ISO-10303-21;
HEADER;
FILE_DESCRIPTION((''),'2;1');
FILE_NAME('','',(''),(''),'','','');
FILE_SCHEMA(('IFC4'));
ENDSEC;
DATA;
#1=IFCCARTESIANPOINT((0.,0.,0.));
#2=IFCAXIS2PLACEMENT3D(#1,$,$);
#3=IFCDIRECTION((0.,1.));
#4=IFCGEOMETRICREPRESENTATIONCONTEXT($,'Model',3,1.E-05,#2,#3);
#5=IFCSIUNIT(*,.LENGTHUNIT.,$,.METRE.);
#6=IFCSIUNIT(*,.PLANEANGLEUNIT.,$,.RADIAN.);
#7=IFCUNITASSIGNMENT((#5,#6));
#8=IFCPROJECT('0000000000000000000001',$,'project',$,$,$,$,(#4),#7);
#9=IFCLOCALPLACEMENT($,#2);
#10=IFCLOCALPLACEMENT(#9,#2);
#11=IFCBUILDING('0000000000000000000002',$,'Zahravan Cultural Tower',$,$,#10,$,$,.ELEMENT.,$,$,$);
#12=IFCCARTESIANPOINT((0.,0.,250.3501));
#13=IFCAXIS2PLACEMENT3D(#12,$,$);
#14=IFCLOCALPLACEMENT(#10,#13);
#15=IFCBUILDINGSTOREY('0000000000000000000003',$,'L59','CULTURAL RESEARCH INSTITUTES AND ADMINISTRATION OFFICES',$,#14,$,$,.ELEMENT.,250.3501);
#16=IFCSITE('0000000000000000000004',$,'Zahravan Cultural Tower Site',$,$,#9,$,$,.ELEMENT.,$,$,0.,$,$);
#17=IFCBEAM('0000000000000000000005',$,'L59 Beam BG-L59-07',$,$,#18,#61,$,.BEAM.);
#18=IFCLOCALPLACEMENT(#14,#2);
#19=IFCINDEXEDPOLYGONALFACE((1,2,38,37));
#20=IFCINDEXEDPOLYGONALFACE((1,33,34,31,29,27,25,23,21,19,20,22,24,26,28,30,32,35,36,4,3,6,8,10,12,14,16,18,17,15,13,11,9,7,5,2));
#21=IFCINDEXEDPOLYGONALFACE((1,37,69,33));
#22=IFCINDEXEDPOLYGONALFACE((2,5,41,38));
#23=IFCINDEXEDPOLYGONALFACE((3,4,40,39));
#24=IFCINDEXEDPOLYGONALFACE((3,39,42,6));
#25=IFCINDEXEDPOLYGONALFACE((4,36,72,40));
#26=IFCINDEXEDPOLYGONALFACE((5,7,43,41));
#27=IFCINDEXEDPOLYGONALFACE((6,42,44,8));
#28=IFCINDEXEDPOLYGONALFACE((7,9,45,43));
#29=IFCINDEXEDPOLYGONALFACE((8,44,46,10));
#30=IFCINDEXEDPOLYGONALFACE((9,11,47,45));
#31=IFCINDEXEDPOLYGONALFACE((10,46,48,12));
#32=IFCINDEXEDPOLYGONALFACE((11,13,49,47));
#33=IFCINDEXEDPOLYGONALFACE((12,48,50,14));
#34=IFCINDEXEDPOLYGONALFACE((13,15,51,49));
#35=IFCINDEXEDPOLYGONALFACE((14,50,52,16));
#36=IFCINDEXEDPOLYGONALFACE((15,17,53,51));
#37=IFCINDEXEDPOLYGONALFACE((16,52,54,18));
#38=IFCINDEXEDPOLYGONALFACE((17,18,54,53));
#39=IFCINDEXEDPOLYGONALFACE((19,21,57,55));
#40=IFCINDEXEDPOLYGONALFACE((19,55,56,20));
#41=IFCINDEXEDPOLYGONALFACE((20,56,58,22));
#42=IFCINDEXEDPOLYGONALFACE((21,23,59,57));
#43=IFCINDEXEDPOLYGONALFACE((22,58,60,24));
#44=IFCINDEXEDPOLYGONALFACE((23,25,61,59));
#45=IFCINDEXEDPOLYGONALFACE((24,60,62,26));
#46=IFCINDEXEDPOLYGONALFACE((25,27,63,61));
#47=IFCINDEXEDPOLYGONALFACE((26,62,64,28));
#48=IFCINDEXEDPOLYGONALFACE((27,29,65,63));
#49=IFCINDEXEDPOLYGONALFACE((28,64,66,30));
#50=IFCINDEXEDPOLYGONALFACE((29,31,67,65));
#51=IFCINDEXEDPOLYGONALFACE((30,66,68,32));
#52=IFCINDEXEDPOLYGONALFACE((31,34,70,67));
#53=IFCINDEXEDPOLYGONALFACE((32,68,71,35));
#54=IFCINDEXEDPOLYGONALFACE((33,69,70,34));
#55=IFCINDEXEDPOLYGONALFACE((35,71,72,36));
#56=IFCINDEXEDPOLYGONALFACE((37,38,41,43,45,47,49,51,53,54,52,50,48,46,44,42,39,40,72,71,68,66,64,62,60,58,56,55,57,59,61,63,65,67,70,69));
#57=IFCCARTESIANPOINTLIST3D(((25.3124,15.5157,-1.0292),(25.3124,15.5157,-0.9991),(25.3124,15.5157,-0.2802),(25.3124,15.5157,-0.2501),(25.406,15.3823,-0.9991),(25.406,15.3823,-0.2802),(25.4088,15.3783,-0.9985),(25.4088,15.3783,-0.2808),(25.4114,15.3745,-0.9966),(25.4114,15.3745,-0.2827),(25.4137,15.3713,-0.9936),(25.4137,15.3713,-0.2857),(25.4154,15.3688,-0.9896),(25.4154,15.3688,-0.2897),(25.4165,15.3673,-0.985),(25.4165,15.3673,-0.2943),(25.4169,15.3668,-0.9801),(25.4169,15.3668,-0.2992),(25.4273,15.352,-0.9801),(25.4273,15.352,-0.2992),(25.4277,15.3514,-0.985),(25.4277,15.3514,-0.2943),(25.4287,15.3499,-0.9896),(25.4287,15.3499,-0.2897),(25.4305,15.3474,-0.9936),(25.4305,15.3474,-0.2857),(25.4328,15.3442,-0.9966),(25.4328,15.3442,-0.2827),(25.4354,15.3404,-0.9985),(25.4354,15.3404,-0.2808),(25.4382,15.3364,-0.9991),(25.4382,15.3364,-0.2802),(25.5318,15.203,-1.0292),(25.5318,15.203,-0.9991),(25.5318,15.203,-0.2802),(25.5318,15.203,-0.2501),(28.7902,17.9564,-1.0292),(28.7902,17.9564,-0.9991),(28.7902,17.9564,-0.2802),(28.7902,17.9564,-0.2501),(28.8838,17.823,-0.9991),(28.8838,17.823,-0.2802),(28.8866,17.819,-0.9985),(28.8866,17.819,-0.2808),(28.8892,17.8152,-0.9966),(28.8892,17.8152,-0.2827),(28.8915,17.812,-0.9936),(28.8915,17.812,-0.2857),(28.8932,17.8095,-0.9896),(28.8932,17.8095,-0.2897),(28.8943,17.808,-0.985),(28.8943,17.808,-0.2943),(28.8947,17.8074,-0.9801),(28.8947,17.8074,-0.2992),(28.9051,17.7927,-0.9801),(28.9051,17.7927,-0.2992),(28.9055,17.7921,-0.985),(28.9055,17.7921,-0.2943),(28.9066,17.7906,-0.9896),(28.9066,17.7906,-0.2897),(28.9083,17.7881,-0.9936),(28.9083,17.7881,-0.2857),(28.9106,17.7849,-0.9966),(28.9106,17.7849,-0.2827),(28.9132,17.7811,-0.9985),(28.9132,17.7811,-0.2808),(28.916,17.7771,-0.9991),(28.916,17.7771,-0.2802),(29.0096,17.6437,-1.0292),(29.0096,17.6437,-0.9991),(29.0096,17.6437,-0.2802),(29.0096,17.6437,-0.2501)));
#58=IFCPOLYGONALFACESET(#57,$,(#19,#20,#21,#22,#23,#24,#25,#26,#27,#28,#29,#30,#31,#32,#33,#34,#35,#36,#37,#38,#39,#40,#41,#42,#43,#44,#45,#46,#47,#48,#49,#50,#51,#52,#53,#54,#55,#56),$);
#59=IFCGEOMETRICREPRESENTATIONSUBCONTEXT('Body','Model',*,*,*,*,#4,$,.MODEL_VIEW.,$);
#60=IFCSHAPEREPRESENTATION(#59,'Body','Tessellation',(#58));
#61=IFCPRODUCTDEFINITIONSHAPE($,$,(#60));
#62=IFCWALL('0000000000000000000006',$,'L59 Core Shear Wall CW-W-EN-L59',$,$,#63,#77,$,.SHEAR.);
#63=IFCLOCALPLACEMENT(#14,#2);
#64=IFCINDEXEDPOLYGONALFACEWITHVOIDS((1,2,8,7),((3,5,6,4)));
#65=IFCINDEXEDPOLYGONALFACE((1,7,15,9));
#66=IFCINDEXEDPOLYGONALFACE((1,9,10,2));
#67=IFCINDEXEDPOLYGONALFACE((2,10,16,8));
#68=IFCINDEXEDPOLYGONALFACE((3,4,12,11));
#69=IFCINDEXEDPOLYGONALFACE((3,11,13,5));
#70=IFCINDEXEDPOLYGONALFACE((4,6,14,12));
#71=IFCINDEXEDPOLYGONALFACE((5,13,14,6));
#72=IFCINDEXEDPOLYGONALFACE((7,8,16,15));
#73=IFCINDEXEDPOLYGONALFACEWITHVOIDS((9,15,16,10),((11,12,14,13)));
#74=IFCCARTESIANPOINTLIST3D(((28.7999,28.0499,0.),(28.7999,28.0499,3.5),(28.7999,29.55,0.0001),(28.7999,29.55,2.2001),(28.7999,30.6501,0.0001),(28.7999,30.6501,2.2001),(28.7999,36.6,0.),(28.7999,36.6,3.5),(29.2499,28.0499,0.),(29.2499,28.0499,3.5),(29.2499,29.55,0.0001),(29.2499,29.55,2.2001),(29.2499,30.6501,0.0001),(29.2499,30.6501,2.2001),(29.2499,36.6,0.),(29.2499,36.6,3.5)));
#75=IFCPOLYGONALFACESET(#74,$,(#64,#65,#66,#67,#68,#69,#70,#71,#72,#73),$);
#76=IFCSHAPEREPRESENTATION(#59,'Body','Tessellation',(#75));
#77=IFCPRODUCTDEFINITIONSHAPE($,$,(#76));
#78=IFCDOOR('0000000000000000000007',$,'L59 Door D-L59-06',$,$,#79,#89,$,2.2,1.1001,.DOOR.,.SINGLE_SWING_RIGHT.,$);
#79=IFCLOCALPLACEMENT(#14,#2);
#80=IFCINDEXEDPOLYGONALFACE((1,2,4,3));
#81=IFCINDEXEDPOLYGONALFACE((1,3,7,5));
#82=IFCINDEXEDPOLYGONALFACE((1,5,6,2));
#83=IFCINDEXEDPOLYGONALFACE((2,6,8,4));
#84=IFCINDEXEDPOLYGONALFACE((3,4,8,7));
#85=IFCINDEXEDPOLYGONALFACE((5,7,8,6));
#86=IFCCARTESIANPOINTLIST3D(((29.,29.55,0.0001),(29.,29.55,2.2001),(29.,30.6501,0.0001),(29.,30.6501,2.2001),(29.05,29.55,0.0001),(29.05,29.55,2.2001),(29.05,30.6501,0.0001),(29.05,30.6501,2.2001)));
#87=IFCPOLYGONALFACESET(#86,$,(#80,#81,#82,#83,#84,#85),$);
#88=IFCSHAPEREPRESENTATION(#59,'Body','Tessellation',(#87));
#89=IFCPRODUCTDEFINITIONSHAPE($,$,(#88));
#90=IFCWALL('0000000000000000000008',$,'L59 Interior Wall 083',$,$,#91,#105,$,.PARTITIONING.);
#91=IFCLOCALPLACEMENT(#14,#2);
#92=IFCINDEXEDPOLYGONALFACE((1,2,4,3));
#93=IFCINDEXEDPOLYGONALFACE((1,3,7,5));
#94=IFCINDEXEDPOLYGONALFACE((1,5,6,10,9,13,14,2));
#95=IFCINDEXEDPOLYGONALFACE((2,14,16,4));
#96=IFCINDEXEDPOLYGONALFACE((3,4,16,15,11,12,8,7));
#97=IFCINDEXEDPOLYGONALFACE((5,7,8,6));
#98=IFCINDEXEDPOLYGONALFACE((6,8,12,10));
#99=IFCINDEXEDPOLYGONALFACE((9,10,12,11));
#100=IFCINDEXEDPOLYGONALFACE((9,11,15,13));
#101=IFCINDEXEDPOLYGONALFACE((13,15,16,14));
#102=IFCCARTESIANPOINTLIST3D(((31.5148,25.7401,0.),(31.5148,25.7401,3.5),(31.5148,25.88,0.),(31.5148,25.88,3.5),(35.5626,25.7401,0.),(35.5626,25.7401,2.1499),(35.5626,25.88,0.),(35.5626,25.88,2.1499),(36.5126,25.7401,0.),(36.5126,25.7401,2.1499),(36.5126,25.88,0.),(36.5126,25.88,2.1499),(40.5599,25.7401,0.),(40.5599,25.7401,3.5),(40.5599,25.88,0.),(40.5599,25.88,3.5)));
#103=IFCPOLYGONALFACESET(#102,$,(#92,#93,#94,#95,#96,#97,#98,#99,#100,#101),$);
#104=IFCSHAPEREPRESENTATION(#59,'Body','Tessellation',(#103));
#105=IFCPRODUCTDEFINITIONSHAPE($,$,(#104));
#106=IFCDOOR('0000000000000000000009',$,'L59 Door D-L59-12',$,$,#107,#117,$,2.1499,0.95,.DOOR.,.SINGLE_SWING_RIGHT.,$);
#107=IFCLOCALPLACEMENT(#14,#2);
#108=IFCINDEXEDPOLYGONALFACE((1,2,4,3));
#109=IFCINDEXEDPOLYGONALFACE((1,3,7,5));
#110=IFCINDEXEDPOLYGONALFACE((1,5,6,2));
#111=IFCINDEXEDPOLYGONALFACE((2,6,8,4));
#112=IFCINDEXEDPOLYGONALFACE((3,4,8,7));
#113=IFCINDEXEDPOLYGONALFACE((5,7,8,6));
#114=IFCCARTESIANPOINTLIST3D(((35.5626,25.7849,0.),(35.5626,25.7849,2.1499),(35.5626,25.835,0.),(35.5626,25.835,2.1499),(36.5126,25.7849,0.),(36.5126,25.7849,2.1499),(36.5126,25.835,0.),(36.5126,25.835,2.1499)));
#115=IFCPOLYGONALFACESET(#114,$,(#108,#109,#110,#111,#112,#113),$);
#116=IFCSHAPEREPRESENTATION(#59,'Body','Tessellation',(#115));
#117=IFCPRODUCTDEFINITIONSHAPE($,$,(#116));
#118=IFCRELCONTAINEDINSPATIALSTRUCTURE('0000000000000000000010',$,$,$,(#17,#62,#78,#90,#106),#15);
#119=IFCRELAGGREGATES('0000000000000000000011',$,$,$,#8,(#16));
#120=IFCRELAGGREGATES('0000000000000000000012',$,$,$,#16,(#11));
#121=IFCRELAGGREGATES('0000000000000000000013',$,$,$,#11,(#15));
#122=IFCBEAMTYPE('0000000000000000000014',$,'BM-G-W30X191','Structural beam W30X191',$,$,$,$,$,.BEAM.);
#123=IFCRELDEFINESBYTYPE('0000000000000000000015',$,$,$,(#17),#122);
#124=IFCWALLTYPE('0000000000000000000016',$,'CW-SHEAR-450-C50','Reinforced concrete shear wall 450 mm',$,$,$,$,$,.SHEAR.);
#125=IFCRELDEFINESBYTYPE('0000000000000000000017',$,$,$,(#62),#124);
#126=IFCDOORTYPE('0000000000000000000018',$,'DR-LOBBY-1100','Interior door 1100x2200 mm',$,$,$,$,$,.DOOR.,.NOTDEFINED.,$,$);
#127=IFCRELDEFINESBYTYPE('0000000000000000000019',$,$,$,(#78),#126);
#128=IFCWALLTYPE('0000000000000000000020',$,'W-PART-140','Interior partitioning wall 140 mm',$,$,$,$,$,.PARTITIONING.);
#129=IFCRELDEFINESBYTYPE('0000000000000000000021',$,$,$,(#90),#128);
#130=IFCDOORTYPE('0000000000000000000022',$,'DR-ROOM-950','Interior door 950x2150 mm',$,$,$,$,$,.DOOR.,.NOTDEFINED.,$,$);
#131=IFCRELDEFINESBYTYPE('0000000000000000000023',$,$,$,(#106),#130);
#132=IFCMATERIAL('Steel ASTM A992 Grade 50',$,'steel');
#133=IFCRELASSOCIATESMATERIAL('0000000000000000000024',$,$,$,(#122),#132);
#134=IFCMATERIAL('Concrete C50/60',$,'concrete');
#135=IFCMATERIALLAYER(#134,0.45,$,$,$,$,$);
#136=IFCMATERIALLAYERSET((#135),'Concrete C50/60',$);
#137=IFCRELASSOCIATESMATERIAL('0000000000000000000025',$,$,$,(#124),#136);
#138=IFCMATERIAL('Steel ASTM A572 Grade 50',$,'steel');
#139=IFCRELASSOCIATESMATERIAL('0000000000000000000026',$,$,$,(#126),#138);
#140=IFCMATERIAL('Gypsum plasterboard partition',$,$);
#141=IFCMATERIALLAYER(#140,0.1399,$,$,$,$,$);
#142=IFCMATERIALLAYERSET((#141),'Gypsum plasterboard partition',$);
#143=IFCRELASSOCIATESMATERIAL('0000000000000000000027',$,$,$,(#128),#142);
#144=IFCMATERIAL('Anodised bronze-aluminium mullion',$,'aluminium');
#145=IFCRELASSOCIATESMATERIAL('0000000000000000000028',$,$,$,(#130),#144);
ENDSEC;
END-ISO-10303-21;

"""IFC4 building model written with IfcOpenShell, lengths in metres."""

from ifc_helpers import new_model, si_unit, direction, frame, frame_2d, origin, origin_2d, place, context, subcontext, project, spatial, rectangle, i_section, extrude, source, transform, mapped, material, layer, layer_set, material_profile, profile_set, type_object, element, fill, save


model = new_model("IFC4")

# Units and contexts
model_context = context("Model", 3, precision=1e-05, world=origin(), true_north=direction((0.0, 1.0)))
body_context = subcontext(model_context, "Body", "Model", "MODEL_VIEW")
ifc_project = project(units=[si_unit("LENGTHUNIT", "METRE"), si_unit("PLANEANGLEUNIT", "RADIAN")], contexts=[model_context])

# Site, building, storey
site_placement = place(None, origin())
site = spatial("IfcSite", under=ifc_project, at=site_placement, Name="Zahravan Cultural Tower Site", CompositionType="ELEMENT", RefElevation=0.0)
building_placement = place(site_placement, origin())
building = spatial("IfcBuilding", under=site, at=building_placement, Name="Zahravan Cultural Tower", CompositionType="ELEMENT")
storey_placement = place(building_placement, frame((0.0, 0.0, 250.3501)))
storey = spatial("IfcBuildingStorey", under=building, at=storey_placement, Name="L59", Description="CULTURAL RESEARCH INSTITUTES AND ADMINISTRATION OFFICES", CompositionType="ELEMENT", Elevation=250.3501)

# Shared definitions
ifc_material_1 = material(Name="Concrete C50/60", Category="concrete")

# Beam
ifc_material_2 = material(Name="Steel ASTM A992 Grade 50", Category="steel")
ifc_material_profile_1 = material_profile(ifc_material_2, i_section(OverallWidth=0.3821, OverallDepth=0.7791, WebThickness=0.0181, FlangeThickness=0.03, FilletRadius=0.019, at=origin_2d()), Name="W30X191")
ifc_profile_set_1 = profile_set([ifc_material_profile_1], Name="Steel ASTM A992 Grade 50")
beam_type_1 = type_object("IfcBeamType", Name="BM-G-W30X191", Description="Structural beam W30X191", PredefinedType="BEAM", material=ifc_profile_set_1)
shared_shape_1 = source(origin(), body_context, "Body", "SweptSolid", [
    extrude(i_section(OverallWidth=0.3821, OverallDepth=0.7791, WebThickness=0.0181, FlangeThickness=0.03, FilletRadius=0.019, at=origin_2d()), origin(), (0.0, 0.0, 1.0), 4.2488),
])
beam_1_placement = place(storey_placement, frame((28.8999, 17.8, -0.6396), z_axis=(-0.818543, -0.574445, 0.0), x_axis=(0.574445, -0.818543, 0.0)))
element("IfcBeam", 1, at=beam_1_placement, inside=storey, type_object=beam_type_1, Name="L59 Beam BG-L59-07", PredefinedType="BEAM", context=body_context, shape_type="MappedRepresentation", body=[
    mapped(shared_shape_1, transform((0.0, 0.0, 0.0), x_axis=(1.0, 0.0, 0.0), y_axis=(0.0, 1.0, 0.0), z_axis=(0.0, 0.0, 1.0), scale=1.0)),
])

# Walls, openings, doors
ifc_layer_1 = layer(ifc_material_1, 0.45)
ifc_layer_set_1 = layer_set([ifc_layer_1], Name="Concrete C50/60")
wall_type_1 = type_object("IfcWallType", Name="CW-SHEAR-450-C50", Description="Reinforced concrete shear wall 450 mm", PredefinedType="SHEAR", material=ifc_layer_set_1)
wall_1_placement = place(storey_placement, frame((29.0249, 28.05, 0.0), z_axis=(0.0, 0.0, 1.0), x_axis=(0.0, 1.0, 0.0)))
wall_1 = element("IfcWall", 2, at=wall_1_placement, inside=storey, type_object=wall_type_1, Name="L59 Core Shear Wall CW-W-EN-L59", PredefinedType="SHEAR", context=body_context, shape_type="SweptSolid", body=[
    extrude(rectangle(XDim=8.55, YDim=0.45, at=frame_2d((4.2749, 0.0))), origin(), (0.0, 0.0, 1.0), 3.5),
])
opening_1_placement = place(wall_1_placement, frame((1.5, 0.0, 0.0)))
opening_1 = element("IfcOpeningElement", 3, at=opening_1_placement, cuts=wall_1, PredefinedType="OPENING", context=body_context, shape_type="SweptSolid", body=[
    extrude(rectangle(XDim=1.1001, YDim=2.2, at=frame_2d((0.55, 1.1001))), frame((0.0, 0.2349, 0.0), z_axis=(0.0, -1.0, 0.0), x_axis=(1.0, 0.0, 0.0)), (0.0, 0.0, 1.0), 0.47),
])
ifc_material_3 = material(Name="Steel ASTM A572 Grade 50", Category="steel")
door_type_1 = type_object("IfcDoorType", Name="DR-LOBBY-1100", Description="Interior door 1100x2200 mm", OperationType="NOTDEFINED", PredefinedType="DOOR", material=ifc_material_3)
shared_shape_2 = source(origin(), body_context, "Body", "SweptSolid", [
    extrude(rectangle(XDim=1.1001, YDim=2.2, at=frame_2d((0.55, 1.1001))), frame((0.0, 0.0249, 0.0), z_axis=(0.0, -1.0, 0.0), x_axis=(1.0, 0.0, 0.0)), (0.0, 0.0, 1.0), 0.05),
])
door_1_placement = place(opening_1_placement, origin())
door_1 = element("IfcDoor", 4, at=door_1_placement, inside=storey, type_object=door_type_1, Name="L59 Door D-L59-06", OperationType="SINGLE_SWING_RIGHT", OverallHeight=2.2, OverallWidth=1.1001, PredefinedType="DOOR", context=body_context, shape_type="MappedRepresentation", body=[
    mapped(shared_shape_2, transform((0.0, 0.0, 0.0), x_axis=(1.0, 0.0, 0.0), y_axis=(0.0, 1.0, 0.0), z_axis=(0.0, 0.0, 1.0), scale=1.0)),
])
fill(opening_1, door_1)
ifc_material_4 = material(Name="Gypsum plasterboard partition")
ifc_layer_2 = layer(ifc_material_4, 0.1399)
ifc_layer_set_2 = layer_set([ifc_layer_2], Name="Gypsum plasterboard partition")
wall_type_2 = type_object("IfcWallType", Name="W-PART-140", Description="Interior partitioning wall 140 mm", PredefinedType="PARTITIONING", material=ifc_layer_set_2)
wall_2_placement = place(storey_placement, frame((31.5149, 25.8101, 0.0), z_axis=(0.0, 0.0, 1.0), x_axis=(1.0, 0.0, 0.0)))
wall_2 = element("IfcWall", 5, at=wall_2_placement, inside=storey, type_object=wall_type_2, Name="L59 Interior Wall 083", PredefinedType="PARTITIONING", context=body_context, shape_type="SweptSolid", body=[
    extrude(rectangle(XDim=9.0452, YDim=0.1399, at=frame_2d((4.5225, 0.0))), origin(), (0.0, 0.0, 1.0), 3.5),
])
opening_2_placement = place(wall_2_placement, frame((4.0476, 0.0, 0.0)))
opening_2 = element("IfcOpeningElement", 6, at=opening_2_placement, cuts=wall_2, PredefinedType="OPENING", context=body_context, shape_type="SweptSolid", body=[
    extrude(rectangle(XDim=0.95, YDim=2.1499, at=frame_2d((0.4751, 1.075))), frame((0.0, 0.0798, 0.0), z_axis=(0.0, -1.0, 0.0), x_axis=(1.0, 0.0, 0.0)), (0.0, 0.0, 1.0), 0.1599),
])
ifc_material_5 = material(Name="Anodised bronze-aluminium mullion", Category="aluminium")
door_type_2 = type_object("IfcDoorType", Name="DR-ROOM-950", Description="Interior door 950x2150 mm", OperationType="NOTDEFINED", PredefinedType="DOOR", material=ifc_material_5)
shared_shape_3 = source(origin(), body_context, "Body", "SweptSolid", [
    extrude(rectangle(XDim=0.95, YDim=2.1499, at=frame_2d((0.4751, 1.075))), frame((0.0, 0.0249, 0.0), z_axis=(0.0, -1.0, 0.0), x_axis=(1.0, 0.0, 0.0)), (0.0, 0.0, 1.0), 0.05),
])
door_2_placement = place(opening_2_placement, origin())
door_2 = element("IfcDoor", 7, at=door_2_placement, inside=storey, type_object=door_type_2, Name="L59 Door D-L59-12", OperationType="SINGLE_SWING_RIGHT", OverallHeight=2.1499, OverallWidth=0.95, PredefinedType="DOOR", context=body_context, shape_type="MappedRepresentation", body=[
    mapped(shared_shape_3, transform((0.0, 0.0, 0.0), x_axis=(1.0, 0.0, 0.0), y_axis=(0.0, 1.0, 0.0), z_axis=(0.0, 0.0, 1.0), scale=1.0)),
])
fill(opening_2, door_2)

save(model, "model.ifc")
